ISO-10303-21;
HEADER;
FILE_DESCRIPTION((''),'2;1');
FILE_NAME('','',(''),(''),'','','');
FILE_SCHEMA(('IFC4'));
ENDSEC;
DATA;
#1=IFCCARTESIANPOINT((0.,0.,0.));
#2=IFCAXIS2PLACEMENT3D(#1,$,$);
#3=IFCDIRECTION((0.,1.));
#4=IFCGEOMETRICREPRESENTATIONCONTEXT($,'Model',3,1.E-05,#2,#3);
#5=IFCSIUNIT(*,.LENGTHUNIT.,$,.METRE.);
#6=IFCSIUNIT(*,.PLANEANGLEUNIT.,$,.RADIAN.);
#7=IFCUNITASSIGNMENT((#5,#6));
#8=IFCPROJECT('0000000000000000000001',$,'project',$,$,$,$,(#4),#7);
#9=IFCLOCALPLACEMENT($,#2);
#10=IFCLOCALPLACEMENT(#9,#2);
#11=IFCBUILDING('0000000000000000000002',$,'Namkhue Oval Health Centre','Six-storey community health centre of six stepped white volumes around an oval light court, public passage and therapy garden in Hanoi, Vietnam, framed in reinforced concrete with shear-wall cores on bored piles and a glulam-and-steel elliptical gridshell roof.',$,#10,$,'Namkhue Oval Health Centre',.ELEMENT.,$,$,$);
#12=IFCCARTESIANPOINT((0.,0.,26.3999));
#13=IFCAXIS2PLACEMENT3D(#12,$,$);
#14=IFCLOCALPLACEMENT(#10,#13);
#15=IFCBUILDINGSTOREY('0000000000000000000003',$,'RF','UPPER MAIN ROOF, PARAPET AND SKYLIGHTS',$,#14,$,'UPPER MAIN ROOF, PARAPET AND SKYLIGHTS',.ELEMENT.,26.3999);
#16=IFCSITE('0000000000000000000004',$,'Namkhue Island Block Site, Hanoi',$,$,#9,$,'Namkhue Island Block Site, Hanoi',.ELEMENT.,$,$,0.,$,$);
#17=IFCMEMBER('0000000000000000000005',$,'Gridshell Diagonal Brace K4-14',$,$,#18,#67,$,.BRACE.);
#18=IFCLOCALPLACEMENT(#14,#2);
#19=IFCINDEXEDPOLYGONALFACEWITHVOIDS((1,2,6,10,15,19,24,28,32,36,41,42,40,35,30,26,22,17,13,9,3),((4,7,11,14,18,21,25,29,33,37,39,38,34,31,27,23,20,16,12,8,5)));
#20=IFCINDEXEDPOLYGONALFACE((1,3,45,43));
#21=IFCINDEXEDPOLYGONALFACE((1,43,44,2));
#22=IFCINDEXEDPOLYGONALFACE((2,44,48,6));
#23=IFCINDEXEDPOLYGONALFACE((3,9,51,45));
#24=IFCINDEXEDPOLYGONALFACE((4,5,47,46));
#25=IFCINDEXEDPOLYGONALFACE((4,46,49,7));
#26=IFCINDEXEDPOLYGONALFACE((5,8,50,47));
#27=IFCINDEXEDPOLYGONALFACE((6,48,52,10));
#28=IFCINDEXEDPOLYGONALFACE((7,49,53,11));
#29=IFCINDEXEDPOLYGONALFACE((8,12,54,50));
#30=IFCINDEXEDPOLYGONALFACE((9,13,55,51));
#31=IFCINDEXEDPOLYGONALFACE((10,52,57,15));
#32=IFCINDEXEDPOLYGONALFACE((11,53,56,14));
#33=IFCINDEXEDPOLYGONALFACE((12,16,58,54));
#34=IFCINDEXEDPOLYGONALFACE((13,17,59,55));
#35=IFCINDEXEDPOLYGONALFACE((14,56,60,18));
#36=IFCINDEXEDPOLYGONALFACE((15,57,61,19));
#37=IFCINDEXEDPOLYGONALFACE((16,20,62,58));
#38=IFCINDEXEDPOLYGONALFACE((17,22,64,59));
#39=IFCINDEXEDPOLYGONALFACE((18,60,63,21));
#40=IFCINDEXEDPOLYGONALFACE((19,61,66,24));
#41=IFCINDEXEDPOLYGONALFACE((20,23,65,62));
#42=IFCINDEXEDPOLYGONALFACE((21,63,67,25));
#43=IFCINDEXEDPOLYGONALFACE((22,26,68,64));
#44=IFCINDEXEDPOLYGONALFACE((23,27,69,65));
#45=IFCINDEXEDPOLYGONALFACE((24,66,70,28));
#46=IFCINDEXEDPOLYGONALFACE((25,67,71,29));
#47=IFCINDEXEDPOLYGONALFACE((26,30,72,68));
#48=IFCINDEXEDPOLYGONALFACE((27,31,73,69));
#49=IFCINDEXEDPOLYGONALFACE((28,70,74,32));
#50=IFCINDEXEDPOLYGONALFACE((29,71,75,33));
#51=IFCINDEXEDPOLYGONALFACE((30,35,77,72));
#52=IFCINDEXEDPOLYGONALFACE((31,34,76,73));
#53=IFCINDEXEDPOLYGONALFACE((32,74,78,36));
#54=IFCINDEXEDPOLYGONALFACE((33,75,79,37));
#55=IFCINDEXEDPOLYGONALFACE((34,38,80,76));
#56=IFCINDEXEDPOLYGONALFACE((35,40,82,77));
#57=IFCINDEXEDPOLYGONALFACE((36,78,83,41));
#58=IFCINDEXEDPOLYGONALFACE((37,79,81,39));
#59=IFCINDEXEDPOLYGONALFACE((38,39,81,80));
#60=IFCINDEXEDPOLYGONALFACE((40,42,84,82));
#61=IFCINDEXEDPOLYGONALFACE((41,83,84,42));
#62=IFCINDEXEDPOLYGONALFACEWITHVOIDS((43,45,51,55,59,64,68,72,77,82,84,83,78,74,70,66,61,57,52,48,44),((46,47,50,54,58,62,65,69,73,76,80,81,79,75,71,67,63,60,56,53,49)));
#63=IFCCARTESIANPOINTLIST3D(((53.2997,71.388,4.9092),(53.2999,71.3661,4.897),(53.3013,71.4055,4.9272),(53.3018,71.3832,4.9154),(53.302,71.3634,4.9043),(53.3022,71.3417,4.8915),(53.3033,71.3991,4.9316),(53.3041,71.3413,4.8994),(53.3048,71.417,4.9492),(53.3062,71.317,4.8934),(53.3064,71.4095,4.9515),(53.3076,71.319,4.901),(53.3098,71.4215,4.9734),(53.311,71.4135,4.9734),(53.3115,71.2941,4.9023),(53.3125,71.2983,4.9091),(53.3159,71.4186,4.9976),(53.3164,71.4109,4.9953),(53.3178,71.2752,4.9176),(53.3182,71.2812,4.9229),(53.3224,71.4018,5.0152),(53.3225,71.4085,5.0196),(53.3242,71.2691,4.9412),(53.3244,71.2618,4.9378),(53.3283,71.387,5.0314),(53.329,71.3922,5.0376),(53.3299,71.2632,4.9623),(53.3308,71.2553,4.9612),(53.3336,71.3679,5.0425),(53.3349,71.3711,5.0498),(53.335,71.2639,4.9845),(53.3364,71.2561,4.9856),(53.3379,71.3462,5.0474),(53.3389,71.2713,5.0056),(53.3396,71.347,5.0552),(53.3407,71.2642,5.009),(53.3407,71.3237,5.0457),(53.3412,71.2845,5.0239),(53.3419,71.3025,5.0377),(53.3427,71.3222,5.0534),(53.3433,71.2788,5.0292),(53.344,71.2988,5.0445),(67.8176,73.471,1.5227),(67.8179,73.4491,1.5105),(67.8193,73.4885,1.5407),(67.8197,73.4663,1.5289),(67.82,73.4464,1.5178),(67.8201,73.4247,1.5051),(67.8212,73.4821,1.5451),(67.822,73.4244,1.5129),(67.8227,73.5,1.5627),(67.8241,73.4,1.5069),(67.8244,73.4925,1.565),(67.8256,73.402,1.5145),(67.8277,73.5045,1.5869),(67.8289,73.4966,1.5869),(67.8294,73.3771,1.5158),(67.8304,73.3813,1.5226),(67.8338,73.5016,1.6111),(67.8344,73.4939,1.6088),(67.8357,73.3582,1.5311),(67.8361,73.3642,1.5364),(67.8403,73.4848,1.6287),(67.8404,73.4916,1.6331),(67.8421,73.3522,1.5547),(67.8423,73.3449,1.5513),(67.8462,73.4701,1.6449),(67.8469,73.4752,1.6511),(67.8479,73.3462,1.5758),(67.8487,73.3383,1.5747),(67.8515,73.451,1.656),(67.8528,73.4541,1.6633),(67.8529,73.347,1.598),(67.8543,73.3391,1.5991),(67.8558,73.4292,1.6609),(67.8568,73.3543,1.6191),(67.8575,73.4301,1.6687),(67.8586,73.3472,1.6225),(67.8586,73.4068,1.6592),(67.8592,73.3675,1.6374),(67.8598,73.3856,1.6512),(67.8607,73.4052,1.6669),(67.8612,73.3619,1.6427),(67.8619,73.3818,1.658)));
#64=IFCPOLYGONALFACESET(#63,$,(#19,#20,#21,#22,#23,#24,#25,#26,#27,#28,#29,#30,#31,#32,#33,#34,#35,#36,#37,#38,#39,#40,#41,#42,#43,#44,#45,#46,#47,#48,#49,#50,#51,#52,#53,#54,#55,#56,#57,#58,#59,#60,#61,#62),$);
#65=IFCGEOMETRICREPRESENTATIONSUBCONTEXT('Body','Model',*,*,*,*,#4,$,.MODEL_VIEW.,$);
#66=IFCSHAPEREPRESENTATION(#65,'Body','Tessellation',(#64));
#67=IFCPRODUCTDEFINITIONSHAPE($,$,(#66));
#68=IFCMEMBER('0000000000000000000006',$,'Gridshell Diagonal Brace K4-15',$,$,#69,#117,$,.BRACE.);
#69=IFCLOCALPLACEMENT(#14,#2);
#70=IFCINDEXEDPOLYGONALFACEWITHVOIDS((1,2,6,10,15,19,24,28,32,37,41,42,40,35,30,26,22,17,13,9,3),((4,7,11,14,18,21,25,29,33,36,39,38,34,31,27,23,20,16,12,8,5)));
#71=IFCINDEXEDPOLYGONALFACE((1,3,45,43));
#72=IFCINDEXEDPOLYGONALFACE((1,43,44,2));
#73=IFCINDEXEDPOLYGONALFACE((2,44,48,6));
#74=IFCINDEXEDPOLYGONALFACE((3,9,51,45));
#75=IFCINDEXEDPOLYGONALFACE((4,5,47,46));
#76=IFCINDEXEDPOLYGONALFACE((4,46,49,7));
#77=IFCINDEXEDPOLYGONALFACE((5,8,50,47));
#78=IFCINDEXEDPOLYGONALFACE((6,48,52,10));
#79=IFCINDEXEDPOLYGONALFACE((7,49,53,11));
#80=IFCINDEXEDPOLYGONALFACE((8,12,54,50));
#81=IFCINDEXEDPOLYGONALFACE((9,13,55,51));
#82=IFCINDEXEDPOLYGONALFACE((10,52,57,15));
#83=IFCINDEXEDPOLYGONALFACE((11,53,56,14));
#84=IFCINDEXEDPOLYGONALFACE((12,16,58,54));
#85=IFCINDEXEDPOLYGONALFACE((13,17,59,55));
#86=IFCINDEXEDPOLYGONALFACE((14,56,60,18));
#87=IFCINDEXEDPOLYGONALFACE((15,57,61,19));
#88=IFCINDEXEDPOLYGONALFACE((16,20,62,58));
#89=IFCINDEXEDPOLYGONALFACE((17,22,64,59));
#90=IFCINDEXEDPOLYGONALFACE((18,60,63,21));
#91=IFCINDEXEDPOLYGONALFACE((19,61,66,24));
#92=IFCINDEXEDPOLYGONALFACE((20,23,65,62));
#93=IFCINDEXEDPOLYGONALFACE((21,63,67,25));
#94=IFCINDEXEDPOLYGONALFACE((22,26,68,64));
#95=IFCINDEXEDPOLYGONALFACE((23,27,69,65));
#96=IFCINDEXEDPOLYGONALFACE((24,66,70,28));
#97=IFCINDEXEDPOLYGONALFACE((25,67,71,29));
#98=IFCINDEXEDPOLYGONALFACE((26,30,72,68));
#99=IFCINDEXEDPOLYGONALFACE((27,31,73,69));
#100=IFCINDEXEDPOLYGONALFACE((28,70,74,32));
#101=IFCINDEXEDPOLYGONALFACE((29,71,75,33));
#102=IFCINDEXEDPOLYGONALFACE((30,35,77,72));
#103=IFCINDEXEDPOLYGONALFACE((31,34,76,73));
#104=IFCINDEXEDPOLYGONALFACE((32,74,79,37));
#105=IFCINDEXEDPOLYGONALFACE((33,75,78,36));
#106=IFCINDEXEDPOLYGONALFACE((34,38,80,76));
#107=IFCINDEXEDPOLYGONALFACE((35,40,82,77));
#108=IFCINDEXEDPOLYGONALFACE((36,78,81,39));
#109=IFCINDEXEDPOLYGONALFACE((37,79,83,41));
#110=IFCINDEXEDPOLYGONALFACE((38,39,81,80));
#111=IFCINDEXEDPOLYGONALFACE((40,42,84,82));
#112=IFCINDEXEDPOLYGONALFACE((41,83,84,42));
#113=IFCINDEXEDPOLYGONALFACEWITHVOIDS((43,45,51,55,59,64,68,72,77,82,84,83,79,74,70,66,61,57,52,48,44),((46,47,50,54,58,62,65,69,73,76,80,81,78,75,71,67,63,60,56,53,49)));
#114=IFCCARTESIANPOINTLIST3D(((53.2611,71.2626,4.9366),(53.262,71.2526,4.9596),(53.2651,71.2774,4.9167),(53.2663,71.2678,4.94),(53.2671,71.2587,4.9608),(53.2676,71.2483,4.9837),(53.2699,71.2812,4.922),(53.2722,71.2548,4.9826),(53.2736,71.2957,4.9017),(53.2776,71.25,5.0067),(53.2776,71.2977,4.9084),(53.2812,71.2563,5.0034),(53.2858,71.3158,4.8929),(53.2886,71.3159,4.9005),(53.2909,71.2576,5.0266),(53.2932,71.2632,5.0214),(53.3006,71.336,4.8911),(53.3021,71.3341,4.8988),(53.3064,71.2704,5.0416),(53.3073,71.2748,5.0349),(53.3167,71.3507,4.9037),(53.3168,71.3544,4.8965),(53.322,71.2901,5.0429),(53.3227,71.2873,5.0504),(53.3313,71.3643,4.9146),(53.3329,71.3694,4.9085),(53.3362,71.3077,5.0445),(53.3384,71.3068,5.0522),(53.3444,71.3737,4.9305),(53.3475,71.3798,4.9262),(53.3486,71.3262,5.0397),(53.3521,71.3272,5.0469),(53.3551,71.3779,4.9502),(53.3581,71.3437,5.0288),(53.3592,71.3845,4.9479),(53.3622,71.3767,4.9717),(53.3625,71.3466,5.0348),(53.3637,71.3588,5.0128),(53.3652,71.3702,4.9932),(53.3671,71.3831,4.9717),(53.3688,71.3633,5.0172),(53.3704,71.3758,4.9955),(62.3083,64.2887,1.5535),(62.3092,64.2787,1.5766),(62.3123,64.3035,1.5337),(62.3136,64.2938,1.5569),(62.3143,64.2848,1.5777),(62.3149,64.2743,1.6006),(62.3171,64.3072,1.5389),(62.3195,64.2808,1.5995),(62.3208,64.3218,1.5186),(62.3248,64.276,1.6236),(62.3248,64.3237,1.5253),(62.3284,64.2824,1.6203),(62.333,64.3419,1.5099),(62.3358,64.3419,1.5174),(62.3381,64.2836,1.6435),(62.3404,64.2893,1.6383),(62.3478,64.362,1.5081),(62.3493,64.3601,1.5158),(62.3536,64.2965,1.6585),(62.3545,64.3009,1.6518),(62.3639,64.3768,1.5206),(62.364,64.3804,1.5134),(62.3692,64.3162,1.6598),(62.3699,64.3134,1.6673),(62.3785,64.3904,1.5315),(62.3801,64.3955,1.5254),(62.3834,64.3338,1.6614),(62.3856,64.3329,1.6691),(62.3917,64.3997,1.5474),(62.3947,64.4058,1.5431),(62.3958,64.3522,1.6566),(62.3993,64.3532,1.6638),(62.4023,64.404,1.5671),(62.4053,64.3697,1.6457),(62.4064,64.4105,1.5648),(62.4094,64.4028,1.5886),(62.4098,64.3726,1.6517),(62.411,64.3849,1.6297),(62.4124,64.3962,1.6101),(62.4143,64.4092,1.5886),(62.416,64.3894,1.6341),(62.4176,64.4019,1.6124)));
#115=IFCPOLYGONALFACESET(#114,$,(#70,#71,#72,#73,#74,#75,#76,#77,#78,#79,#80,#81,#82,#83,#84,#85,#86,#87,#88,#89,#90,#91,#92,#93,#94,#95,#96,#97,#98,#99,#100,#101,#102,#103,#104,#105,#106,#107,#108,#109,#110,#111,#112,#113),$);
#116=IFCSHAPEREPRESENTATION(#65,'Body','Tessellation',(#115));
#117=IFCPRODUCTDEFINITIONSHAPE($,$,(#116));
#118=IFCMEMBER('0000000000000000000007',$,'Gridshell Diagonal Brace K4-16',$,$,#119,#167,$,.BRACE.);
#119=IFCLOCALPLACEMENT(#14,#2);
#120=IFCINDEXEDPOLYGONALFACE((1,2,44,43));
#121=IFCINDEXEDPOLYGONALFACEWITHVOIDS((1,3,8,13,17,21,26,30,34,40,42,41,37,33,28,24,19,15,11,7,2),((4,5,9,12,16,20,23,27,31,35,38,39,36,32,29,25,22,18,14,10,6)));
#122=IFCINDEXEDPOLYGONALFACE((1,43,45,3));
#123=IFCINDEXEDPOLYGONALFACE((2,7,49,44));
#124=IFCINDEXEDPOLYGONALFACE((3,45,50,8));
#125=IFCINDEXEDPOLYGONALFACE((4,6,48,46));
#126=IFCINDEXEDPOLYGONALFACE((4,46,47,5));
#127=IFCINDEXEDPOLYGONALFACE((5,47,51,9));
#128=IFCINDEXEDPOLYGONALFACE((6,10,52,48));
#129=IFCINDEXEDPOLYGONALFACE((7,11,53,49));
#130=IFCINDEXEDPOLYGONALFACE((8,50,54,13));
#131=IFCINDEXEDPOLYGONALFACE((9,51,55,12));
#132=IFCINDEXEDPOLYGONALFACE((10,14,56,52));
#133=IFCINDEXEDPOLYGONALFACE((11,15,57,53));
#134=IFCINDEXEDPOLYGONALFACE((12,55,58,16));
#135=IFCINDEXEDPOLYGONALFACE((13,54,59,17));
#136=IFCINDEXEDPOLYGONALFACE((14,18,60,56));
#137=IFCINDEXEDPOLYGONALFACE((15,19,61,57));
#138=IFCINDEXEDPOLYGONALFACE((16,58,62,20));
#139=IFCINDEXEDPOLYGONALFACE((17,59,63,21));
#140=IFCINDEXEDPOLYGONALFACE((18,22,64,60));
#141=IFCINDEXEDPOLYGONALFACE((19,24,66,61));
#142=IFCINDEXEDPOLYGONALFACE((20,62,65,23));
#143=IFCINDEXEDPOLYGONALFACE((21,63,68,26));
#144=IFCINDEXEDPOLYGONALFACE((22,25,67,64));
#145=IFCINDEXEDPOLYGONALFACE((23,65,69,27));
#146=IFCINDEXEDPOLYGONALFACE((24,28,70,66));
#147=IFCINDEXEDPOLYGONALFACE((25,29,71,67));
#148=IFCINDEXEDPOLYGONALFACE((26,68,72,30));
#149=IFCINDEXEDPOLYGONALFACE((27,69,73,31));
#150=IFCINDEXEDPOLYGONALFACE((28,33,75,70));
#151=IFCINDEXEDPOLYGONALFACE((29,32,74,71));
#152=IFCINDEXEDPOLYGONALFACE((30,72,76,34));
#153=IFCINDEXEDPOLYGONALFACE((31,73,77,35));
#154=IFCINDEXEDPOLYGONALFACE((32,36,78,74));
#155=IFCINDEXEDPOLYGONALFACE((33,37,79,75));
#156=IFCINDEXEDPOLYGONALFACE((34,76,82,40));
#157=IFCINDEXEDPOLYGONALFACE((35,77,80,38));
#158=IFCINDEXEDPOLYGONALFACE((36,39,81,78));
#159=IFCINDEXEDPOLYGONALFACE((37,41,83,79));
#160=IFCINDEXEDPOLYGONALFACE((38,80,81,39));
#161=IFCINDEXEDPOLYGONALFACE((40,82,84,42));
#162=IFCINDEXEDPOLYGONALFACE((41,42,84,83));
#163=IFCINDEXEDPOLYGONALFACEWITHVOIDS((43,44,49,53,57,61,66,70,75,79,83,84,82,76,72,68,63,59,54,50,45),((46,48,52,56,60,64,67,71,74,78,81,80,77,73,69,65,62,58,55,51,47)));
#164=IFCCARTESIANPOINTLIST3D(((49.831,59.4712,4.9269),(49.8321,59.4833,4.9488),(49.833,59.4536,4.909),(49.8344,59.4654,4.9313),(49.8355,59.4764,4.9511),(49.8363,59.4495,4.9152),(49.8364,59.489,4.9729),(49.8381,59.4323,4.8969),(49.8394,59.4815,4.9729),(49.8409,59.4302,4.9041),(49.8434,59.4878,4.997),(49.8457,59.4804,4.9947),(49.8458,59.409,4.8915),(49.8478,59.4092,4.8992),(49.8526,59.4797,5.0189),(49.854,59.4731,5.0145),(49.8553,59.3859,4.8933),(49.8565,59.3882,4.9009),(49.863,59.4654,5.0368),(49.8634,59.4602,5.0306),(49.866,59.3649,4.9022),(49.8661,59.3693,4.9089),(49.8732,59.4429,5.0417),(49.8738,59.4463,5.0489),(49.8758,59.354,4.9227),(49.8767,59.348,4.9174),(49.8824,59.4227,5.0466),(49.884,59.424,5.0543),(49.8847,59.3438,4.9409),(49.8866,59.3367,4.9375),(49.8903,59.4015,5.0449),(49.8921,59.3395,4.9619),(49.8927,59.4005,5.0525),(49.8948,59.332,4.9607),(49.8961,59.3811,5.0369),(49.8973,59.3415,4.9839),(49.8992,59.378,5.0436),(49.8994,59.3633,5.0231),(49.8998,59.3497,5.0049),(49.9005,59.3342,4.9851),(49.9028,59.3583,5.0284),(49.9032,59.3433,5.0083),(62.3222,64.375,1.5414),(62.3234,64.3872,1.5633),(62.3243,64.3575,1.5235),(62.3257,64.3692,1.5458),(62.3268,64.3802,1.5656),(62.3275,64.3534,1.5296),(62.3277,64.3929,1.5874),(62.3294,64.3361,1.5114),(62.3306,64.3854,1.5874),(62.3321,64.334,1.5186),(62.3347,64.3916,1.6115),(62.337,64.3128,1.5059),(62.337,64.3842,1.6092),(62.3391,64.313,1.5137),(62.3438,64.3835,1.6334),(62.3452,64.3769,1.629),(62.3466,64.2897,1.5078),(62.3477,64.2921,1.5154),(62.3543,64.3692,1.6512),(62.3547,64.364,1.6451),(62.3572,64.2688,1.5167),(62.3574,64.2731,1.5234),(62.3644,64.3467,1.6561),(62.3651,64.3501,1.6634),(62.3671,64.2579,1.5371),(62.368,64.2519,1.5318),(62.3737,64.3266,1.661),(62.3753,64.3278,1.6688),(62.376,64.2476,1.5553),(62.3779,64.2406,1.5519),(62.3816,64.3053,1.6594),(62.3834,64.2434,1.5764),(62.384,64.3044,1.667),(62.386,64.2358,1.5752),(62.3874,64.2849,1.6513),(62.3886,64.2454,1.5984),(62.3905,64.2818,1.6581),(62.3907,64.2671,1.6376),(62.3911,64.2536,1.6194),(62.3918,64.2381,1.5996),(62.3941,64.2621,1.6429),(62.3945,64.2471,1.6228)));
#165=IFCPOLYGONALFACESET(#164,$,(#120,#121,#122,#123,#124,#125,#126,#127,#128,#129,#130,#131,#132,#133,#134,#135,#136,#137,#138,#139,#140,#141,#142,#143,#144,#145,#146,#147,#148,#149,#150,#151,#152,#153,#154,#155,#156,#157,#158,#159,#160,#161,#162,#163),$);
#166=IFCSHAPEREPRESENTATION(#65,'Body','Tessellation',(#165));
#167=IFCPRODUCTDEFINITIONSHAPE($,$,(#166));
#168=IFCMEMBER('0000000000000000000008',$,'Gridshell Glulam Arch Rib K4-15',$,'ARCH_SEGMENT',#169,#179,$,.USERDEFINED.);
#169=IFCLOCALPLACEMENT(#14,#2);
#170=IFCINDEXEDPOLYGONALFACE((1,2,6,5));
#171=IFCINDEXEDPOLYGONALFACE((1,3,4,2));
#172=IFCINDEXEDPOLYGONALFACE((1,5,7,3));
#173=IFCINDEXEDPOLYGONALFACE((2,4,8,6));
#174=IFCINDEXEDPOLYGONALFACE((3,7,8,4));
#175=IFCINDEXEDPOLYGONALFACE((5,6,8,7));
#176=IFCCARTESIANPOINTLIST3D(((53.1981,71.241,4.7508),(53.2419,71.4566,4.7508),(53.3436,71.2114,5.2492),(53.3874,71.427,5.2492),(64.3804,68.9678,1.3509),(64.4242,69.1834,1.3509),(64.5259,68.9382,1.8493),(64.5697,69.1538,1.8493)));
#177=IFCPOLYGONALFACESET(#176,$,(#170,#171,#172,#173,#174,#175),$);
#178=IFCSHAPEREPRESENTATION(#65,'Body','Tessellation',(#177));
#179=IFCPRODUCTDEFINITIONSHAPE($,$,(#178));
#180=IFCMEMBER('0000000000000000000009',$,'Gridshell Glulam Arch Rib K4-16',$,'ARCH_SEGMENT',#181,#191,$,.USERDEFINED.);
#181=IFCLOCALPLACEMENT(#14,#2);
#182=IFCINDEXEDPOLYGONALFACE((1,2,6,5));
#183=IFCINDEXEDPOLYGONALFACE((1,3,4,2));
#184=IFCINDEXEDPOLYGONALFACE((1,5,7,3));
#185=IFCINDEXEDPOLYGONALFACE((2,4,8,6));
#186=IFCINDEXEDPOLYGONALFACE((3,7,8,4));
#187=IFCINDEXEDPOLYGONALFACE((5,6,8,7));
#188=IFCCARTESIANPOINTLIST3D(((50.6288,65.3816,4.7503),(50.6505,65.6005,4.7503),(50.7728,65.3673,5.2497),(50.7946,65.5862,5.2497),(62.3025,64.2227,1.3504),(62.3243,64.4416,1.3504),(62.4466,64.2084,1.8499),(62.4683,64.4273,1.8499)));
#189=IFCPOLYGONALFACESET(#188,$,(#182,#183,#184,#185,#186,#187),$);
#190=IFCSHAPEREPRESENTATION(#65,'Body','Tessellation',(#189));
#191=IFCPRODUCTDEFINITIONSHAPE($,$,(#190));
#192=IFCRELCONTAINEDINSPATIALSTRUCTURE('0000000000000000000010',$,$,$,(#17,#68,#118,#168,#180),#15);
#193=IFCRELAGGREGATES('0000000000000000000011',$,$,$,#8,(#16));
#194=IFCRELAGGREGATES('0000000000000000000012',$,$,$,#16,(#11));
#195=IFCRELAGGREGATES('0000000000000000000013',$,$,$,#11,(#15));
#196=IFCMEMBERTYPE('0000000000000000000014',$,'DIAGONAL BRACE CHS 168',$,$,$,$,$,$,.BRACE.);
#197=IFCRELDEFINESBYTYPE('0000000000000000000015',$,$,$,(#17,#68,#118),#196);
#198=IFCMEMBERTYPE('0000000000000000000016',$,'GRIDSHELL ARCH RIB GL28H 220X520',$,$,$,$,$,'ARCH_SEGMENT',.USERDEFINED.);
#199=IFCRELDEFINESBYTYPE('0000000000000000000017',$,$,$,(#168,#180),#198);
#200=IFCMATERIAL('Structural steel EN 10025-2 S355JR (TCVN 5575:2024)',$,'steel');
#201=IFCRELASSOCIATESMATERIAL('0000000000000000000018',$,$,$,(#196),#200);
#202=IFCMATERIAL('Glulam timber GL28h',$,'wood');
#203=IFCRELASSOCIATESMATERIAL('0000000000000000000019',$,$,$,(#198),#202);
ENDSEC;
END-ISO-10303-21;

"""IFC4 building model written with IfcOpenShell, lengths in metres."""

from ifc_helpers import new_model, si_unit, direction, frame, origin, origin_2d, place, context, subcontext, project, spatial, rectangle, hollow_circle, extrude, material, material_profile, profile_set, type_object, element, save


model = new_model("IFC4")

# Units and contexts
model_context = context("Model", 3, precision=1e-05, world=origin(), true_north=direction((0.0, 1.0)))
body_context = subcontext(model_context, "Body", "Model", "MODEL_VIEW")
ifc_project = project(units=[si_unit("LENGTHUNIT", "METRE"), si_unit("PLANEANGLEUNIT", "RADIAN")], contexts=[model_context])

# Site, building, storey
site_placement = place(None, origin())
site = spatial("IfcSite", under=ifc_project, at=site_placement, Name="Namkhue Island Block Site, Hanoi", LongName="Namkhue Island Block Site, Hanoi", CompositionType="ELEMENT", RefElevation=0.0)
building_placement = place(site_placement, origin())
building = spatial("IfcBuilding", under=site, at=building_placement, Name="Namkhue Oval Health Centre", Description="Six-storey community health centre of six stepped white volumes around an oval light court, public passage and therapy garden in Hanoi, Vietnam, framed in reinforced concrete with shear-wall cores on bored piles and a glulam-and-steel elliptical gridshell roof.", LongName="Namkhue Oval Health Centre", CompositionType="ELEMENT")
storey_placement = place(building_placement, frame((0.0, 0.0, 26.3999)))
storey = spatial("IfcBuildingStorey", under=building, at=storey_placement, Name="RF", Description="UPPER MAIN ROOF, PARAPET AND SKYLIGHTS", LongName="UPPER MAIN ROOF, PARAPET AND SKYLIGHTS", CompositionType="ELEMENT", Elevation=26.3999)

# Members
ifc_material_1 = material(Name="Structural steel EN 10025-2 S355JR (TCVN 5575:2024)", Category="steel")
ifc_material_profile_1 = material_profile(ifc_material_1, hollow_circle(Radius=0.0842, WallThickness=0.0081, at=origin_2d()), Name="CHS 168.3x8")
ifc_profile_set_1 = profile_set([ifc_material_profile_1], Name="Structural steel EN 10025-2 S355JR (TCVN 5575:2024)")
member_type_1 = type_object("IfcMemberType", Name="DIAGONAL BRACE CHS 168", PredefinedType="BRACE", material=ifc_profile_set_1)
member_1_placement = place(storey_placement, frame((53.3218, 71.3381, 4.9734), z_axis=(0.964487, 0.138384, -0.224979), x_axis=(-0.142025, 0.989863, 0.0)))
element("IfcMember", 1, at=member_1_placement, inside=storey, type_object=member_type_1, Name="Gridshell Diagonal Brace K4-14", PredefinedType="BRACE", context=body_context, shape_type="SweptSolid", body=[
    extrude(hollow_circle(Radius=0.0842, WallThickness=0.0081, at=origin_2d()), origin(), (0.0, 0.0, 1.0), 15.0525),
])
member_2_placement = place(storey_placement, frame((53.3157, 71.3164, 4.9717), z_axis=(0.759404, -0.585378, -0.283969), x_axis=(0.610511, 0.792008, 0.0)))
element("IfcMember", 2, at=member_2_placement, inside=storey, type_object=member_type_1, Name="Gridshell Diagonal Brace K4-15", PredefinedType="BRACE", context=body_context, shape_type="SweptSolid", body=[
    extrude(hollow_circle(Radius=0.0842, WallThickness=0.0081, at=origin_2d()), origin(), (0.0, 0.0, 1.0), 11.9136),
])
member_3_placement = place(storey_placement, frame((49.8672, 59.4106, 4.9729), z_axis=(0.902559, 0.354327, -0.244621), x_axis=(-0.365429, 0.930839, 0.0)))
element("IfcMember", 3, at=member_3_placement, inside=storey, type_object=member_type_1, Name="Gridshell Diagonal Brace K4-16", PredefinedType="BRACE", context=body_context, shape_type="SweptSolid", body=[
    extrude(hollow_circle(Radius=0.0842, WallThickness=0.0081, at=origin_2d()), origin(), (0.0, 0.0, 1.0), 13.8398),
])
ifc_material_2 = material(Name="Glulam timber GL28h", Category="wood")
ifc_material_profile_2 = material_profile(ifc_material_2, rectangle(XDim=0.22, YDim=0.52, at=origin_2d()), Name="GL28h 220x520")
ifc_profile_set_2 = profile_set([ifc_material_profile_2], Name="Glulam timber GL28h")
member_type_2 = type_object("IfcMemberType", Name="GRIDSHELL ARCH RIB GL28H 220X520", ElementType="ARCH_SEGMENT", PredefinedType="USERDEFINED", material=ifc_profile_set_2)
member_4_placement = place(storey_placement, frame((53.2927, 71.334, 5.0), z_axis=(0.939157, -0.190915, -0.285543), x_axis=(0.199209, 0.979957, 0.0)))
element("IfcMember", 4, at=member_4_placement, inside=storey, type_object=member_type_2, Name="Gridshell Glulam Arch Rib K4-15", ObjectType="ARCH_SEGMENT", PredefinedType="USERDEFINED", context=body_context, shape_type="SweptSolid", body=[
    extrude(rectangle(XDim=0.22, YDim=0.52, at=origin_2d()), origin(), (0.0, 0.0, 1.0), 11.9067),
])
member_5_placement = place(storey_placement, frame((50.7117, 65.4839, 5.0), z_axis=(0.955778, -0.094886, -0.278362), x_axis=(0.098791, 0.995108, 0.0)))
element("IfcMember", 5, at=member_5_placement, inside=storey, type_object=member_type_2, Name="Gridshell Glulam Arch Rib K4-16", ObjectType="ARCH_SEGMENT", PredefinedType="USERDEFINED", context=body_context, shape_type="SweptSolid", body=[
    extrude(rectangle(XDim=0.22, YDim=0.52, at=origin_2d()), origin(), (0.0, 0.0, 1.0), 12.2139),
])

save(model, "model.ifc")
